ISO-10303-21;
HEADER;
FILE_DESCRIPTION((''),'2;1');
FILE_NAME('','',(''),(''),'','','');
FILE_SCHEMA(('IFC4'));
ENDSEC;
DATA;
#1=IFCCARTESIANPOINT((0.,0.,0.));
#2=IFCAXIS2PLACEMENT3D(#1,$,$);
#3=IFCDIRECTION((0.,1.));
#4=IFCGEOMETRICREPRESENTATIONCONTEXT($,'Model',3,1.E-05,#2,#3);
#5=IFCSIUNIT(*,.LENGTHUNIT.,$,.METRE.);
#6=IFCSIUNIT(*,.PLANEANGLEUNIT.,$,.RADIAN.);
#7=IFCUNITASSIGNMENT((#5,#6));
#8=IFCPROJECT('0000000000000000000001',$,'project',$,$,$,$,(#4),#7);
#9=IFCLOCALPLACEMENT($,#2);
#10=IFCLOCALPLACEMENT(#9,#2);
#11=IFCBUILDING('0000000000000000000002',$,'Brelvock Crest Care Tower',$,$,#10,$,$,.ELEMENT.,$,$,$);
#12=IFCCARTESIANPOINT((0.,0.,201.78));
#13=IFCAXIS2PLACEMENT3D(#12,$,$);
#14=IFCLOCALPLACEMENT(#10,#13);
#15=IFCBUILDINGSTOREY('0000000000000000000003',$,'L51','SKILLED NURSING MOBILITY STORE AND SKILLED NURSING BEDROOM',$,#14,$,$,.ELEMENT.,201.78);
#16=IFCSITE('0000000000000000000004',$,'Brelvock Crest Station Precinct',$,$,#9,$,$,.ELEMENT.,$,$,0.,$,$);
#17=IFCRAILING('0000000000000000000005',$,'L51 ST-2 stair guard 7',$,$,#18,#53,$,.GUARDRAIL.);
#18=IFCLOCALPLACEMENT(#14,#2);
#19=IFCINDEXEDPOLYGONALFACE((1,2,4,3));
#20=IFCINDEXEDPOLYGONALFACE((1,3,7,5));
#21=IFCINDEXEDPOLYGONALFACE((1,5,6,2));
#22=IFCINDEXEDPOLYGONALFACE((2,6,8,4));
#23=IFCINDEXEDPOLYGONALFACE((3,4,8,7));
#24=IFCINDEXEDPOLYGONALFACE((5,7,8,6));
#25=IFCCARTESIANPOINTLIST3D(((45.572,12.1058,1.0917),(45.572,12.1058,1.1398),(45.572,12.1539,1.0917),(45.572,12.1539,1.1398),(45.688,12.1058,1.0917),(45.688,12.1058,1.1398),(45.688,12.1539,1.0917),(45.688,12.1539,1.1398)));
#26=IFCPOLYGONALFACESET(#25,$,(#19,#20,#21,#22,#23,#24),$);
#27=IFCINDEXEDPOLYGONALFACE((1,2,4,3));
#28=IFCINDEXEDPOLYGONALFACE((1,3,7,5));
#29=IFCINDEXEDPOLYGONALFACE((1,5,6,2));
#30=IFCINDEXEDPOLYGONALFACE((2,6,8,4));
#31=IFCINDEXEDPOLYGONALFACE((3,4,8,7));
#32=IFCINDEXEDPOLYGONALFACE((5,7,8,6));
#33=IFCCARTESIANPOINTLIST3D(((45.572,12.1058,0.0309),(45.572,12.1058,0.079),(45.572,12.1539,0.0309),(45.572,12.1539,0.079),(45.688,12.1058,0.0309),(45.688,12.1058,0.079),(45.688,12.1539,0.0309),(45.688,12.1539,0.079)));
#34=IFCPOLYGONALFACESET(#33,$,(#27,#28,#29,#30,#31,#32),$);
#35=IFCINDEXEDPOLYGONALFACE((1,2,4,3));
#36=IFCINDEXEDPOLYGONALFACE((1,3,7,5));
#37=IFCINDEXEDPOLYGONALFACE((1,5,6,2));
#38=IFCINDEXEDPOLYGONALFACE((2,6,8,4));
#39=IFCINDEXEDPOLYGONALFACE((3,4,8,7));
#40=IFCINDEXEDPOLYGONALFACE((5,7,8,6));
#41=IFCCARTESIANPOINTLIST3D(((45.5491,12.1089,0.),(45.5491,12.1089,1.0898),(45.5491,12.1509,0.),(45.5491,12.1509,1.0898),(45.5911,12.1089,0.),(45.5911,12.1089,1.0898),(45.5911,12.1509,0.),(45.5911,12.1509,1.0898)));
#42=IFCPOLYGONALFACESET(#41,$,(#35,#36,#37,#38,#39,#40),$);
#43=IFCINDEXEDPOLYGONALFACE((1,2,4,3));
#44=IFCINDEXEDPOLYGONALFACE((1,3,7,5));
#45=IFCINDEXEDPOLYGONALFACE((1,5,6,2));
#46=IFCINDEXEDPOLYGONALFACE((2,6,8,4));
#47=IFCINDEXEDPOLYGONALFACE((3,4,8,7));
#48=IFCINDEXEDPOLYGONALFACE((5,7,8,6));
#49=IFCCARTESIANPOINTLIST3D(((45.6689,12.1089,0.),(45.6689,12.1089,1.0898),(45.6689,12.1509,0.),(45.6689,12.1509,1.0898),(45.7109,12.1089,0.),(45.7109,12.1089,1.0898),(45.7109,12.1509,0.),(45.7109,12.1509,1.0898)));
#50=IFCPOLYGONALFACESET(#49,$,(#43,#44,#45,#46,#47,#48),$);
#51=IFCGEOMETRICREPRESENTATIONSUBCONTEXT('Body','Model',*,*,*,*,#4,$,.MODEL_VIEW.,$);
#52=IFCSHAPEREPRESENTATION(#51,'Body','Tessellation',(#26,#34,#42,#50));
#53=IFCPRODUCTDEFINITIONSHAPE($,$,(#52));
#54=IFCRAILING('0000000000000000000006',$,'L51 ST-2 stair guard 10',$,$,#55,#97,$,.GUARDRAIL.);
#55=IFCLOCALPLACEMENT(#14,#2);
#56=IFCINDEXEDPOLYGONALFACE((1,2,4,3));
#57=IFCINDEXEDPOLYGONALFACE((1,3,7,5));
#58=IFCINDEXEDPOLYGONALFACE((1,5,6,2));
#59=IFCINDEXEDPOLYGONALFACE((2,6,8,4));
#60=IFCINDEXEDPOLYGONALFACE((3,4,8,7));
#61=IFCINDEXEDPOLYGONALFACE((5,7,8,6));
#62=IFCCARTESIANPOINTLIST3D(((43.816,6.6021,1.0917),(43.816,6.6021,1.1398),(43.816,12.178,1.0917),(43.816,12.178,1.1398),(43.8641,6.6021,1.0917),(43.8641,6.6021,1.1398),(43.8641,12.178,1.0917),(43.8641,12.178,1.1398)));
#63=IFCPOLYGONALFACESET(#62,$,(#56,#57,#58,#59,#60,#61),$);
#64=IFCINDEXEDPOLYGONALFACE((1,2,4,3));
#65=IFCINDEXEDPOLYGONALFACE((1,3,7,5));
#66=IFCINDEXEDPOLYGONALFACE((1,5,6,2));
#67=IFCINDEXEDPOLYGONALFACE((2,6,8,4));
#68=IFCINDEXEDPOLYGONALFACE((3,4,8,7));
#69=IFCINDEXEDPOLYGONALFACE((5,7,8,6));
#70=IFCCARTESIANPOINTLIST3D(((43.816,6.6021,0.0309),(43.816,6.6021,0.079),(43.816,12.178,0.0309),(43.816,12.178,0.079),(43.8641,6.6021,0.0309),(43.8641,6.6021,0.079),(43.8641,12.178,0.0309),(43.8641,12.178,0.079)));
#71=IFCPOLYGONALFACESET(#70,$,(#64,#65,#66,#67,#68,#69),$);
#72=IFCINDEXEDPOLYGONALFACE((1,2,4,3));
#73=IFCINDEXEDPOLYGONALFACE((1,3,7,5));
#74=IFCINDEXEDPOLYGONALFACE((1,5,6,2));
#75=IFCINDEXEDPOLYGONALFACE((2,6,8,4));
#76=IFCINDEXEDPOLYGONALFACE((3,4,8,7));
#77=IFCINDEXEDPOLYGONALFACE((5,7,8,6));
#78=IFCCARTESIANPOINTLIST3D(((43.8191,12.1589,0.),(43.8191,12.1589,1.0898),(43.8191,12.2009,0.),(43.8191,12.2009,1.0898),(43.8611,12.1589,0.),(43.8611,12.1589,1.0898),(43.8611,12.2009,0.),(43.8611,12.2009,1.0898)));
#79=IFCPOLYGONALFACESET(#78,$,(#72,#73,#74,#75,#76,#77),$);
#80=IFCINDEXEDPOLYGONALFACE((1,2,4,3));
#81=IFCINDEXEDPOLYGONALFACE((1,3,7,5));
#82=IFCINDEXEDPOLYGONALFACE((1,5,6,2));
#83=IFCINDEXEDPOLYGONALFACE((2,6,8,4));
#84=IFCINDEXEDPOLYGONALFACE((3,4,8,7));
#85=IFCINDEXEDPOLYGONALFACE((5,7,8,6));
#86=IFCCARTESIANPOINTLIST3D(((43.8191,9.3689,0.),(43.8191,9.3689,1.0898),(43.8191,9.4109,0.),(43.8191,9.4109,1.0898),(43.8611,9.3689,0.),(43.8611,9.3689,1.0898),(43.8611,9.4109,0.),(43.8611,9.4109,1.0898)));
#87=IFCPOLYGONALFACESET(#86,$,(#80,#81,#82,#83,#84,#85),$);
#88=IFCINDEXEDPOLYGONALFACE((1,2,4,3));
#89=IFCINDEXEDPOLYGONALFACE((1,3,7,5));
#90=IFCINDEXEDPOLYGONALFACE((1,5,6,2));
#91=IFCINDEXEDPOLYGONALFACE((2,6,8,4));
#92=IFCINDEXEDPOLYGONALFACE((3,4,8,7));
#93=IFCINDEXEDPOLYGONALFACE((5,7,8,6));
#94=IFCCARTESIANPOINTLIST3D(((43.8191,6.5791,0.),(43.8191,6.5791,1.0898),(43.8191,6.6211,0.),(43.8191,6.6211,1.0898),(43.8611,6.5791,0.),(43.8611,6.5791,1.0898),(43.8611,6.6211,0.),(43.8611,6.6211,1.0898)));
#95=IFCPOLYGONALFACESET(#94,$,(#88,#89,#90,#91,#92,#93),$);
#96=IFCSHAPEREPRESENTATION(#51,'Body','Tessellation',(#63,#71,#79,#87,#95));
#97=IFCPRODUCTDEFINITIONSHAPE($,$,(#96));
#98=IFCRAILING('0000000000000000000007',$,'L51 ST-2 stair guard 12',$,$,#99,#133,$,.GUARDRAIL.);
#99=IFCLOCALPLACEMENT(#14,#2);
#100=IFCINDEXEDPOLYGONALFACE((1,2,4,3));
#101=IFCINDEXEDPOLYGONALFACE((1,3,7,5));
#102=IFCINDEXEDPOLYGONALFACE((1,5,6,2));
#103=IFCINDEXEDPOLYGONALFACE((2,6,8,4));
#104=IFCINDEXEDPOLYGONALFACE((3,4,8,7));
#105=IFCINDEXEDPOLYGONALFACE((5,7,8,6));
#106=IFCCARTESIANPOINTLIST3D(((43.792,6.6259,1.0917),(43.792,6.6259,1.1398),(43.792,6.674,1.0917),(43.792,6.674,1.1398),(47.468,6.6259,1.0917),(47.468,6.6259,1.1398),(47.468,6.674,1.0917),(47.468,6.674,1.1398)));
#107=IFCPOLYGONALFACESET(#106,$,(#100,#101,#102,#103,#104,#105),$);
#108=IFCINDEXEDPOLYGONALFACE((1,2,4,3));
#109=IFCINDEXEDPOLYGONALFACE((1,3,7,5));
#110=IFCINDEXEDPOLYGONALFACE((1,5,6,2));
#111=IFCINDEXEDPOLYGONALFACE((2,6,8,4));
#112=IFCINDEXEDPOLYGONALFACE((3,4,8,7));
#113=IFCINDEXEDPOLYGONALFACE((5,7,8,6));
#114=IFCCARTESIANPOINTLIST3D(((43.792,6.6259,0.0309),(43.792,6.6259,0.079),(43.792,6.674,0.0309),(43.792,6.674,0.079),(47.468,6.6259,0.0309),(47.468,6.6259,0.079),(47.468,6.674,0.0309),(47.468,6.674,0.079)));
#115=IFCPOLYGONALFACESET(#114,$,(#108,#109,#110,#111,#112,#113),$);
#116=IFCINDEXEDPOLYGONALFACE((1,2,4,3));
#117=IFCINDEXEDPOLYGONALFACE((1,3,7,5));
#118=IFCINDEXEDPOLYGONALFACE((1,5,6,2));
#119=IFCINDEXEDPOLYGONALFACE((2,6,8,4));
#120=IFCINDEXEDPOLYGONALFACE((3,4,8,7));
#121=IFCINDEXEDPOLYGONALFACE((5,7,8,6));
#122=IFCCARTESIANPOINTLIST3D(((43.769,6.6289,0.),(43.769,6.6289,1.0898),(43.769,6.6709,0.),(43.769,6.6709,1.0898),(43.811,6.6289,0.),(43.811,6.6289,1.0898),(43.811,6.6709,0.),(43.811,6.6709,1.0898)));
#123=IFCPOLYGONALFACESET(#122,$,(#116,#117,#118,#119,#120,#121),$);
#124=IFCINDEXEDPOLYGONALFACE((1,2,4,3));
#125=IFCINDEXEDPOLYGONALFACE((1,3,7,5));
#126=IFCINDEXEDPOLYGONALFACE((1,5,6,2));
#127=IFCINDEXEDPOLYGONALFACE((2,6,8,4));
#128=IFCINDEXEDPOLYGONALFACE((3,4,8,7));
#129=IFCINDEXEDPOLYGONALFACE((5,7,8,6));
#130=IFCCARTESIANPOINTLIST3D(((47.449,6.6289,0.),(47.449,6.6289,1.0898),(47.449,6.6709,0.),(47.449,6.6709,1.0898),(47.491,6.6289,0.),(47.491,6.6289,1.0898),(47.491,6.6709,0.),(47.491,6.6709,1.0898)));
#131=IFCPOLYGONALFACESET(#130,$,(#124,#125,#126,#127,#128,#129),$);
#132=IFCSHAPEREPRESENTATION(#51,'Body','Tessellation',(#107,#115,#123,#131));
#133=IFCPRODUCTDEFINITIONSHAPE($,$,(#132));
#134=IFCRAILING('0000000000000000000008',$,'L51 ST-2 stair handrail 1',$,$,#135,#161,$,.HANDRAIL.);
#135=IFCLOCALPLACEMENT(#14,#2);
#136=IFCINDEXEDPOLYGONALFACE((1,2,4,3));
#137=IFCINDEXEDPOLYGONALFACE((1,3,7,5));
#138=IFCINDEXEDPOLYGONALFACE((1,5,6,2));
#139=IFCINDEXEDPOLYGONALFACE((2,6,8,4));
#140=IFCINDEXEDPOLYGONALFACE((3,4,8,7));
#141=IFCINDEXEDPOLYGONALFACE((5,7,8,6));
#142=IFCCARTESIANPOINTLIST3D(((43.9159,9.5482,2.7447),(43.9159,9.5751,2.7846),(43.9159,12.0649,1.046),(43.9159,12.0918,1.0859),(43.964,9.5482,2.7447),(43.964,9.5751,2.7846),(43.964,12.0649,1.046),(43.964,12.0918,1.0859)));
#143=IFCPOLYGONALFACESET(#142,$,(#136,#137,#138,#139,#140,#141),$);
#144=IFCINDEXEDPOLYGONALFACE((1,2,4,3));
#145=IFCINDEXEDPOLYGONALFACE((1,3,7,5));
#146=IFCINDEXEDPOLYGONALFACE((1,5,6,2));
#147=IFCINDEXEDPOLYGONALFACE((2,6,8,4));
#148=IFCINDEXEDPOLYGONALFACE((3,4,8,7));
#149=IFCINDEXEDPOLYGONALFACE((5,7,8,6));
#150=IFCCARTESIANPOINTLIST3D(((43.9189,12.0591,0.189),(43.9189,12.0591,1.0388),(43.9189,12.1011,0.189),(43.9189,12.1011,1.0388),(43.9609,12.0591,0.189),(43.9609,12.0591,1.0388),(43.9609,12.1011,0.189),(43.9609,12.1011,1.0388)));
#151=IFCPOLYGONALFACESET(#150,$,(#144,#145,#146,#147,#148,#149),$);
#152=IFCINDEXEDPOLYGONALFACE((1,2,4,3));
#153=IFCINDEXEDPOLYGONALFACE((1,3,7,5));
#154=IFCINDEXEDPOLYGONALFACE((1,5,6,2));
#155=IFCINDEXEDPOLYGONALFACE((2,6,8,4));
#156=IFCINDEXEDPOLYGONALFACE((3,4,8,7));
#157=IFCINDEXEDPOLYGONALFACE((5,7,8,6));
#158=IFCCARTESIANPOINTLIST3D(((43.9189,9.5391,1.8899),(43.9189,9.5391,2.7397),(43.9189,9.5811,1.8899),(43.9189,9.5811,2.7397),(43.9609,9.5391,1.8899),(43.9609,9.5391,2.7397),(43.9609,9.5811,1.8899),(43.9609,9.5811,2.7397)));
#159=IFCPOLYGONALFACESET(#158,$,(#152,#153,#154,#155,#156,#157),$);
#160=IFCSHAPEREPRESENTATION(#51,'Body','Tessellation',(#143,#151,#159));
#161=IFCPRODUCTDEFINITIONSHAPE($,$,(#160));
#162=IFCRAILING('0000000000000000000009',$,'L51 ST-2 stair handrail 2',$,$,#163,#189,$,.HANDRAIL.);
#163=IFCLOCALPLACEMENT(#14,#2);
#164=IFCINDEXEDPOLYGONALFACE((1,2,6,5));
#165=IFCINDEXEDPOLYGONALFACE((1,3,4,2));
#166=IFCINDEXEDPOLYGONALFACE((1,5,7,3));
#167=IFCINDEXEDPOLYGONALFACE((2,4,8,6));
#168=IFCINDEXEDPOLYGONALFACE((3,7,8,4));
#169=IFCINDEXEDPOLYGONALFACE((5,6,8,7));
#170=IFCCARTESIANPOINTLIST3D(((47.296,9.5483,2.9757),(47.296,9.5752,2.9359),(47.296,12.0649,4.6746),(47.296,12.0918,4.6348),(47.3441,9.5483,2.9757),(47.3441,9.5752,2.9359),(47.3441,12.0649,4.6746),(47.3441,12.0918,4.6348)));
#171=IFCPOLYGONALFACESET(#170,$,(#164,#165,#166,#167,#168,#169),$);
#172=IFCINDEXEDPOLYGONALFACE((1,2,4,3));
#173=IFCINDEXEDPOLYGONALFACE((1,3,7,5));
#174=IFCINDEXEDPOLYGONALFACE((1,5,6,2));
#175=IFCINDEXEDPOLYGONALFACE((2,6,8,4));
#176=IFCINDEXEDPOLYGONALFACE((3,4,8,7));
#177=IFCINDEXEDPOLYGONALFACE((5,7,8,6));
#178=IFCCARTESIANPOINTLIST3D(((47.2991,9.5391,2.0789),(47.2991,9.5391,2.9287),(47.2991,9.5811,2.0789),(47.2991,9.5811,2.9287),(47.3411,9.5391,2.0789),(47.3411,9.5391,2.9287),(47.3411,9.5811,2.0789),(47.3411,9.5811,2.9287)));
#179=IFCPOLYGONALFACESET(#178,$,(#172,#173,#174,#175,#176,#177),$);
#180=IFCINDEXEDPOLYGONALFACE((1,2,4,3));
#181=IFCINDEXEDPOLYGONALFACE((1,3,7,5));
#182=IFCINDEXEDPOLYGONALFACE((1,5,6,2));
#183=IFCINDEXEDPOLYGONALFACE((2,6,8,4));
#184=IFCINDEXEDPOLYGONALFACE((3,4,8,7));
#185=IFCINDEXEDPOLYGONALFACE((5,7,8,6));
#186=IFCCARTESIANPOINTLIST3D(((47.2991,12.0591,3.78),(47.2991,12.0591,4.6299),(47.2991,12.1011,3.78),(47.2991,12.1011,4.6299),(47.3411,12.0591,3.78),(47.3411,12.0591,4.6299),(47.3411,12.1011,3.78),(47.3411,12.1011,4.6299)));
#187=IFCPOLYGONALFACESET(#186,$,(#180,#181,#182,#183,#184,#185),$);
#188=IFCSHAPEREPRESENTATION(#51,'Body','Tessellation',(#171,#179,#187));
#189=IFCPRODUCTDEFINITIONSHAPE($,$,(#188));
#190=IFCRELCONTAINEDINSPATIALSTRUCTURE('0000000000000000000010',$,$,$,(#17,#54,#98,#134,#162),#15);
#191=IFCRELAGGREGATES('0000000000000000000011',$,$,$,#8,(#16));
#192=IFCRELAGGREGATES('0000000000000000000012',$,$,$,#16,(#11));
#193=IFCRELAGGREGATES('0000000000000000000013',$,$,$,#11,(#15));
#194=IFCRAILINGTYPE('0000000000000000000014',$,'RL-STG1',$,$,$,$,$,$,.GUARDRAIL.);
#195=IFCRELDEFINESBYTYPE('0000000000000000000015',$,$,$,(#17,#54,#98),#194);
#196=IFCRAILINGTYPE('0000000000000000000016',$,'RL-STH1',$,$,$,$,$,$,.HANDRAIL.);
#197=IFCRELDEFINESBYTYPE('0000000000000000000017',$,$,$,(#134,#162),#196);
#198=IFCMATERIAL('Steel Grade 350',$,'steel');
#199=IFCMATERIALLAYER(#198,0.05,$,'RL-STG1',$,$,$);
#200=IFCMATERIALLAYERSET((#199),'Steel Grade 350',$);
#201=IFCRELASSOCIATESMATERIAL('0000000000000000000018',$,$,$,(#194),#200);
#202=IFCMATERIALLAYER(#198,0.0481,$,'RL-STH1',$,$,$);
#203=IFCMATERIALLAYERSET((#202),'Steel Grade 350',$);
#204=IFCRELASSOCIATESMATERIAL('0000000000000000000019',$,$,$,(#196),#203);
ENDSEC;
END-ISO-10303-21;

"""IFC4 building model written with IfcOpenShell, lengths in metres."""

from ifc_helpers import new_model, si_unit, direction, frame, origin, origin_2d, place, context, subcontext, project, spatial, rectangle, extrude, material, layer, layer_set, type_object, element, save


model = new_model("IFC4")

# Units and contexts
model_context = context("Model", 3, precision=1e-05, world=origin(), true_north=direction((0.0, 1.0)))
body_context = subcontext(model_context, "Body", "Model", "MODEL_VIEW")
ifc_project = project(units=[si_unit("LENGTHUNIT", "METRE"), si_unit("PLANEANGLEUNIT", "RADIAN")], contexts=[model_context])

# Site, building, storey
site_placement = place(None, origin())
site = spatial("IfcSite", under=ifc_project, at=site_placement, Name="Brelvock Crest Station Precinct", CompositionType="ELEMENT", RefElevation=0.0)
building_placement = place(site_placement, origin())
building = spatial("IfcBuilding", under=site, at=building_placement, Name="Brelvock Crest Care Tower", CompositionType="ELEMENT")
storey_placement = place(building_placement, frame((0.0, 0.0, 201.78)))
storey = spatial("IfcBuildingStorey", under=building, at=storey_placement, Name="L51", Description="SKILLED NURSING MOBILITY STORE AND SKILLED NURSING BEDROOM", CompositionType="ELEMENT", Elevation=201.78)

# Shared definitions
ifc_material_1 = material(Name="Steel Grade 350", Category="steel")

# Railings
ifc_layer_1 = layer(ifc_material_1, 0.05, Name="RL-STG1")
ifc_layer_set_1 = layer_set([ifc_layer_1], Name="Steel Grade 350")
railing_type_1 = type_object("IfcRailingType", Name="RL-STG1", PredefinedType="GUARDRAIL", material=ifc_layer_set_1)
railing_1_placement = place(storey_placement, frame((45.5701, 12.1299, 0.0)))
element("IfcRailing", 1, at=railing_1_placement, inside=storey, type_object=railing_type_1, Name="L51 ST-2 stair guard 7", PredefinedType="GUARDRAIL", context=body_context, shape_type="SweptSolid", body=[
    extrude(rectangle(XDim=0.0481, YDim=0.0481, at=origin_2d()), frame((0.002, 0.0, 1.1157), z_axis=(1.0, 0.0, 0.0), x_axis=(0.0, 1.0, 0.0)), (0.0, 0.0, 1.0), 0.116),
    extrude(rectangle(XDim=0.0481, YDim=0.0481, at=origin_2d()), frame((0.002, 0.0, 0.0549), z_axis=(1.0, 0.0, 0.0), x_axis=(0.0, 1.0, 0.0)), (0.0, 0.0, 1.0), 0.116),
    extrude(rectangle(XDim=0.042, YDim=0.042, at=origin_2d()), origin(), (0.0, 0.0, 1.0), 1.0898),
    extrude(rectangle(XDim=0.042, YDim=0.042, at=origin_2d()), frame((0.1199, 0.0, 0.0)), (0.0, 0.0, 1.0), 1.0898),
])
railing_2_placement = place(storey_placement, frame((43.8401, 12.1799, 0.0)))
element("IfcRailing", 2, at=railing_2_placement, inside=storey, type_object=railing_type_1, Name="L51 ST-2 stair guard 10", PredefinedType="GUARDRAIL", context=body_context, shape_type="SweptSolid", body=[
    extrude(rectangle(XDim=0.0481, YDim=0.0481, at=origin_2d()), frame((0.0, -0.002, 1.1157), z_axis=(0.0, -1.0, 0.0), x_axis=(1.0, 0.0, 0.0)), (0.0, 0.0, 1.0), 5.5759),
    extrude(rectangle(XDim=0.0481, YDim=0.0481, at=origin_2d()), frame((0.0, -0.002, 0.0549), z_axis=(0.0, -1.0, 0.0), x_axis=(1.0, 0.0, 0.0)), (0.0, 0.0, 1.0), 5.5759),
    extrude(rectangle(XDim=0.042, YDim=0.042, at=origin_2d()), origin(), (0.0, 0.0, 1.0), 1.0898),
    extrude(rectangle(XDim=0.042, YDim=0.042, at=origin_2d()), frame((0.0, -2.79, 0.0)), (0.0, 0.0, 1.0), 1.0898),
    extrude(rectangle(XDim=0.042, YDim=0.042, at=origin_2d()), frame((0.0, -5.5798, 0.0)), (0.0, 0.0, 1.0), 1.0898),
])
railing_3_placement = place(storey_placement, frame((43.79, 6.6499, 0.0)))
element("IfcRailing", 3, at=railing_3_placement, inside=storey, type_object=railing_type_1, Name="L51 ST-2 stair guard 12", PredefinedType="GUARDRAIL", context=body_context, shape_type="SweptSolid", body=[
    extrude(rectangle(XDim=0.0481, YDim=0.0481, at=origin_2d()), frame((0.002, 0.0, 1.1157), z_axis=(1.0, 0.0, 0.0), x_axis=(0.0, 1.0, 0.0)), (0.0, 0.0, 1.0), 3.676),
    extrude(rectangle(XDim=0.0481, YDim=0.0481, at=origin_2d()), frame((0.002, 0.0, 0.0549), z_axis=(1.0, 0.0, 0.0), x_axis=(0.0, 1.0, 0.0)), (0.0, 0.0, 1.0), 3.676),
    extrude(rectangle(XDim=0.042, YDim=0.042, at=origin_2d()), origin(), (0.0, 0.0, 1.0), 1.0898),
    extrude(rectangle(XDim=0.042, YDim=0.042, at=origin_2d()), frame((3.6799, 0.0, 0.0)), (0.0, 0.0, 1.0), 1.0898),
])
ifc_layer_2 = layer(ifc_material_1, 0.0481, Name="RL-STH1")
ifc_layer_set_2 = layer_set([ifc_layer_2], Name="Steel Grade 350")
railing_type_2 = type_object("IfcRailingType", Name="RL-STH1", PredefinedType="HANDRAIL", material=ifc_layer_set_2)
railing_4_placement = place(storey_placement, frame((43.9399, 12.0801, 0.189)))
element("IfcRailing", 4, at=railing_4_placement, inside=storey, type_object=railing_type_2, Name="L51 ST-2 stair handrail 1", PredefinedType="HANDRAIL", context=body_context, shape_type="SweptSolid", body=[
    extrude(rectangle(XDim=0.0481, YDim=0.0481, at=origin_2d()), frame((0.0, -0.0017, 0.877), z_axis=(0.0, -0.828862, 0.559454), x_axis=(1.0, 0.0, 0.0)), (0.0, 0.0, 1.0), 3.0364),
    extrude(rectangle(XDim=0.042, YDim=0.042, at=origin_2d()), origin(), (0.0, 0.0, 1.0), 0.8499),
    extrude(rectangle(XDim=0.042, YDim=0.042, at=origin_2d()), frame((0.0, -2.52, 1.7009)), (0.0, 0.0, 1.0), 0.8499),
])
railing_5_placement = place(storey_placement, frame((47.3201, 9.5601, 2.0789)))
element("IfcRailing", 5, at=railing_5_placement, inside=storey, type_object=railing_type_2, Name="L51 ST-2 stair handrail 2", PredefinedType="HANDRAIL", context=body_context, shape_type="SweptSolid", body=[
    extrude(rectangle(XDim=0.0481, YDim=0.0481, at=origin_2d()), frame((0.0, 0.0017, 0.877), z_axis=(0.0, 0.828824, 0.559509), x_axis=(-1.0, 0.0, 0.0)), (0.0, 0.0, 1.0), 3.0364),
    extrude(rectangle(XDim=0.042, YDim=0.042, at=origin_2d()), origin(), (0.0, 0.0, 1.0), 0.8499),
    extrude(rectangle(XDim=0.042, YDim=0.042, at=origin_2d()), frame((0.0, 2.52, 1.7012)), (0.0, 0.0, 1.0), 0.8499),
])

save(model, "model.ifc")
